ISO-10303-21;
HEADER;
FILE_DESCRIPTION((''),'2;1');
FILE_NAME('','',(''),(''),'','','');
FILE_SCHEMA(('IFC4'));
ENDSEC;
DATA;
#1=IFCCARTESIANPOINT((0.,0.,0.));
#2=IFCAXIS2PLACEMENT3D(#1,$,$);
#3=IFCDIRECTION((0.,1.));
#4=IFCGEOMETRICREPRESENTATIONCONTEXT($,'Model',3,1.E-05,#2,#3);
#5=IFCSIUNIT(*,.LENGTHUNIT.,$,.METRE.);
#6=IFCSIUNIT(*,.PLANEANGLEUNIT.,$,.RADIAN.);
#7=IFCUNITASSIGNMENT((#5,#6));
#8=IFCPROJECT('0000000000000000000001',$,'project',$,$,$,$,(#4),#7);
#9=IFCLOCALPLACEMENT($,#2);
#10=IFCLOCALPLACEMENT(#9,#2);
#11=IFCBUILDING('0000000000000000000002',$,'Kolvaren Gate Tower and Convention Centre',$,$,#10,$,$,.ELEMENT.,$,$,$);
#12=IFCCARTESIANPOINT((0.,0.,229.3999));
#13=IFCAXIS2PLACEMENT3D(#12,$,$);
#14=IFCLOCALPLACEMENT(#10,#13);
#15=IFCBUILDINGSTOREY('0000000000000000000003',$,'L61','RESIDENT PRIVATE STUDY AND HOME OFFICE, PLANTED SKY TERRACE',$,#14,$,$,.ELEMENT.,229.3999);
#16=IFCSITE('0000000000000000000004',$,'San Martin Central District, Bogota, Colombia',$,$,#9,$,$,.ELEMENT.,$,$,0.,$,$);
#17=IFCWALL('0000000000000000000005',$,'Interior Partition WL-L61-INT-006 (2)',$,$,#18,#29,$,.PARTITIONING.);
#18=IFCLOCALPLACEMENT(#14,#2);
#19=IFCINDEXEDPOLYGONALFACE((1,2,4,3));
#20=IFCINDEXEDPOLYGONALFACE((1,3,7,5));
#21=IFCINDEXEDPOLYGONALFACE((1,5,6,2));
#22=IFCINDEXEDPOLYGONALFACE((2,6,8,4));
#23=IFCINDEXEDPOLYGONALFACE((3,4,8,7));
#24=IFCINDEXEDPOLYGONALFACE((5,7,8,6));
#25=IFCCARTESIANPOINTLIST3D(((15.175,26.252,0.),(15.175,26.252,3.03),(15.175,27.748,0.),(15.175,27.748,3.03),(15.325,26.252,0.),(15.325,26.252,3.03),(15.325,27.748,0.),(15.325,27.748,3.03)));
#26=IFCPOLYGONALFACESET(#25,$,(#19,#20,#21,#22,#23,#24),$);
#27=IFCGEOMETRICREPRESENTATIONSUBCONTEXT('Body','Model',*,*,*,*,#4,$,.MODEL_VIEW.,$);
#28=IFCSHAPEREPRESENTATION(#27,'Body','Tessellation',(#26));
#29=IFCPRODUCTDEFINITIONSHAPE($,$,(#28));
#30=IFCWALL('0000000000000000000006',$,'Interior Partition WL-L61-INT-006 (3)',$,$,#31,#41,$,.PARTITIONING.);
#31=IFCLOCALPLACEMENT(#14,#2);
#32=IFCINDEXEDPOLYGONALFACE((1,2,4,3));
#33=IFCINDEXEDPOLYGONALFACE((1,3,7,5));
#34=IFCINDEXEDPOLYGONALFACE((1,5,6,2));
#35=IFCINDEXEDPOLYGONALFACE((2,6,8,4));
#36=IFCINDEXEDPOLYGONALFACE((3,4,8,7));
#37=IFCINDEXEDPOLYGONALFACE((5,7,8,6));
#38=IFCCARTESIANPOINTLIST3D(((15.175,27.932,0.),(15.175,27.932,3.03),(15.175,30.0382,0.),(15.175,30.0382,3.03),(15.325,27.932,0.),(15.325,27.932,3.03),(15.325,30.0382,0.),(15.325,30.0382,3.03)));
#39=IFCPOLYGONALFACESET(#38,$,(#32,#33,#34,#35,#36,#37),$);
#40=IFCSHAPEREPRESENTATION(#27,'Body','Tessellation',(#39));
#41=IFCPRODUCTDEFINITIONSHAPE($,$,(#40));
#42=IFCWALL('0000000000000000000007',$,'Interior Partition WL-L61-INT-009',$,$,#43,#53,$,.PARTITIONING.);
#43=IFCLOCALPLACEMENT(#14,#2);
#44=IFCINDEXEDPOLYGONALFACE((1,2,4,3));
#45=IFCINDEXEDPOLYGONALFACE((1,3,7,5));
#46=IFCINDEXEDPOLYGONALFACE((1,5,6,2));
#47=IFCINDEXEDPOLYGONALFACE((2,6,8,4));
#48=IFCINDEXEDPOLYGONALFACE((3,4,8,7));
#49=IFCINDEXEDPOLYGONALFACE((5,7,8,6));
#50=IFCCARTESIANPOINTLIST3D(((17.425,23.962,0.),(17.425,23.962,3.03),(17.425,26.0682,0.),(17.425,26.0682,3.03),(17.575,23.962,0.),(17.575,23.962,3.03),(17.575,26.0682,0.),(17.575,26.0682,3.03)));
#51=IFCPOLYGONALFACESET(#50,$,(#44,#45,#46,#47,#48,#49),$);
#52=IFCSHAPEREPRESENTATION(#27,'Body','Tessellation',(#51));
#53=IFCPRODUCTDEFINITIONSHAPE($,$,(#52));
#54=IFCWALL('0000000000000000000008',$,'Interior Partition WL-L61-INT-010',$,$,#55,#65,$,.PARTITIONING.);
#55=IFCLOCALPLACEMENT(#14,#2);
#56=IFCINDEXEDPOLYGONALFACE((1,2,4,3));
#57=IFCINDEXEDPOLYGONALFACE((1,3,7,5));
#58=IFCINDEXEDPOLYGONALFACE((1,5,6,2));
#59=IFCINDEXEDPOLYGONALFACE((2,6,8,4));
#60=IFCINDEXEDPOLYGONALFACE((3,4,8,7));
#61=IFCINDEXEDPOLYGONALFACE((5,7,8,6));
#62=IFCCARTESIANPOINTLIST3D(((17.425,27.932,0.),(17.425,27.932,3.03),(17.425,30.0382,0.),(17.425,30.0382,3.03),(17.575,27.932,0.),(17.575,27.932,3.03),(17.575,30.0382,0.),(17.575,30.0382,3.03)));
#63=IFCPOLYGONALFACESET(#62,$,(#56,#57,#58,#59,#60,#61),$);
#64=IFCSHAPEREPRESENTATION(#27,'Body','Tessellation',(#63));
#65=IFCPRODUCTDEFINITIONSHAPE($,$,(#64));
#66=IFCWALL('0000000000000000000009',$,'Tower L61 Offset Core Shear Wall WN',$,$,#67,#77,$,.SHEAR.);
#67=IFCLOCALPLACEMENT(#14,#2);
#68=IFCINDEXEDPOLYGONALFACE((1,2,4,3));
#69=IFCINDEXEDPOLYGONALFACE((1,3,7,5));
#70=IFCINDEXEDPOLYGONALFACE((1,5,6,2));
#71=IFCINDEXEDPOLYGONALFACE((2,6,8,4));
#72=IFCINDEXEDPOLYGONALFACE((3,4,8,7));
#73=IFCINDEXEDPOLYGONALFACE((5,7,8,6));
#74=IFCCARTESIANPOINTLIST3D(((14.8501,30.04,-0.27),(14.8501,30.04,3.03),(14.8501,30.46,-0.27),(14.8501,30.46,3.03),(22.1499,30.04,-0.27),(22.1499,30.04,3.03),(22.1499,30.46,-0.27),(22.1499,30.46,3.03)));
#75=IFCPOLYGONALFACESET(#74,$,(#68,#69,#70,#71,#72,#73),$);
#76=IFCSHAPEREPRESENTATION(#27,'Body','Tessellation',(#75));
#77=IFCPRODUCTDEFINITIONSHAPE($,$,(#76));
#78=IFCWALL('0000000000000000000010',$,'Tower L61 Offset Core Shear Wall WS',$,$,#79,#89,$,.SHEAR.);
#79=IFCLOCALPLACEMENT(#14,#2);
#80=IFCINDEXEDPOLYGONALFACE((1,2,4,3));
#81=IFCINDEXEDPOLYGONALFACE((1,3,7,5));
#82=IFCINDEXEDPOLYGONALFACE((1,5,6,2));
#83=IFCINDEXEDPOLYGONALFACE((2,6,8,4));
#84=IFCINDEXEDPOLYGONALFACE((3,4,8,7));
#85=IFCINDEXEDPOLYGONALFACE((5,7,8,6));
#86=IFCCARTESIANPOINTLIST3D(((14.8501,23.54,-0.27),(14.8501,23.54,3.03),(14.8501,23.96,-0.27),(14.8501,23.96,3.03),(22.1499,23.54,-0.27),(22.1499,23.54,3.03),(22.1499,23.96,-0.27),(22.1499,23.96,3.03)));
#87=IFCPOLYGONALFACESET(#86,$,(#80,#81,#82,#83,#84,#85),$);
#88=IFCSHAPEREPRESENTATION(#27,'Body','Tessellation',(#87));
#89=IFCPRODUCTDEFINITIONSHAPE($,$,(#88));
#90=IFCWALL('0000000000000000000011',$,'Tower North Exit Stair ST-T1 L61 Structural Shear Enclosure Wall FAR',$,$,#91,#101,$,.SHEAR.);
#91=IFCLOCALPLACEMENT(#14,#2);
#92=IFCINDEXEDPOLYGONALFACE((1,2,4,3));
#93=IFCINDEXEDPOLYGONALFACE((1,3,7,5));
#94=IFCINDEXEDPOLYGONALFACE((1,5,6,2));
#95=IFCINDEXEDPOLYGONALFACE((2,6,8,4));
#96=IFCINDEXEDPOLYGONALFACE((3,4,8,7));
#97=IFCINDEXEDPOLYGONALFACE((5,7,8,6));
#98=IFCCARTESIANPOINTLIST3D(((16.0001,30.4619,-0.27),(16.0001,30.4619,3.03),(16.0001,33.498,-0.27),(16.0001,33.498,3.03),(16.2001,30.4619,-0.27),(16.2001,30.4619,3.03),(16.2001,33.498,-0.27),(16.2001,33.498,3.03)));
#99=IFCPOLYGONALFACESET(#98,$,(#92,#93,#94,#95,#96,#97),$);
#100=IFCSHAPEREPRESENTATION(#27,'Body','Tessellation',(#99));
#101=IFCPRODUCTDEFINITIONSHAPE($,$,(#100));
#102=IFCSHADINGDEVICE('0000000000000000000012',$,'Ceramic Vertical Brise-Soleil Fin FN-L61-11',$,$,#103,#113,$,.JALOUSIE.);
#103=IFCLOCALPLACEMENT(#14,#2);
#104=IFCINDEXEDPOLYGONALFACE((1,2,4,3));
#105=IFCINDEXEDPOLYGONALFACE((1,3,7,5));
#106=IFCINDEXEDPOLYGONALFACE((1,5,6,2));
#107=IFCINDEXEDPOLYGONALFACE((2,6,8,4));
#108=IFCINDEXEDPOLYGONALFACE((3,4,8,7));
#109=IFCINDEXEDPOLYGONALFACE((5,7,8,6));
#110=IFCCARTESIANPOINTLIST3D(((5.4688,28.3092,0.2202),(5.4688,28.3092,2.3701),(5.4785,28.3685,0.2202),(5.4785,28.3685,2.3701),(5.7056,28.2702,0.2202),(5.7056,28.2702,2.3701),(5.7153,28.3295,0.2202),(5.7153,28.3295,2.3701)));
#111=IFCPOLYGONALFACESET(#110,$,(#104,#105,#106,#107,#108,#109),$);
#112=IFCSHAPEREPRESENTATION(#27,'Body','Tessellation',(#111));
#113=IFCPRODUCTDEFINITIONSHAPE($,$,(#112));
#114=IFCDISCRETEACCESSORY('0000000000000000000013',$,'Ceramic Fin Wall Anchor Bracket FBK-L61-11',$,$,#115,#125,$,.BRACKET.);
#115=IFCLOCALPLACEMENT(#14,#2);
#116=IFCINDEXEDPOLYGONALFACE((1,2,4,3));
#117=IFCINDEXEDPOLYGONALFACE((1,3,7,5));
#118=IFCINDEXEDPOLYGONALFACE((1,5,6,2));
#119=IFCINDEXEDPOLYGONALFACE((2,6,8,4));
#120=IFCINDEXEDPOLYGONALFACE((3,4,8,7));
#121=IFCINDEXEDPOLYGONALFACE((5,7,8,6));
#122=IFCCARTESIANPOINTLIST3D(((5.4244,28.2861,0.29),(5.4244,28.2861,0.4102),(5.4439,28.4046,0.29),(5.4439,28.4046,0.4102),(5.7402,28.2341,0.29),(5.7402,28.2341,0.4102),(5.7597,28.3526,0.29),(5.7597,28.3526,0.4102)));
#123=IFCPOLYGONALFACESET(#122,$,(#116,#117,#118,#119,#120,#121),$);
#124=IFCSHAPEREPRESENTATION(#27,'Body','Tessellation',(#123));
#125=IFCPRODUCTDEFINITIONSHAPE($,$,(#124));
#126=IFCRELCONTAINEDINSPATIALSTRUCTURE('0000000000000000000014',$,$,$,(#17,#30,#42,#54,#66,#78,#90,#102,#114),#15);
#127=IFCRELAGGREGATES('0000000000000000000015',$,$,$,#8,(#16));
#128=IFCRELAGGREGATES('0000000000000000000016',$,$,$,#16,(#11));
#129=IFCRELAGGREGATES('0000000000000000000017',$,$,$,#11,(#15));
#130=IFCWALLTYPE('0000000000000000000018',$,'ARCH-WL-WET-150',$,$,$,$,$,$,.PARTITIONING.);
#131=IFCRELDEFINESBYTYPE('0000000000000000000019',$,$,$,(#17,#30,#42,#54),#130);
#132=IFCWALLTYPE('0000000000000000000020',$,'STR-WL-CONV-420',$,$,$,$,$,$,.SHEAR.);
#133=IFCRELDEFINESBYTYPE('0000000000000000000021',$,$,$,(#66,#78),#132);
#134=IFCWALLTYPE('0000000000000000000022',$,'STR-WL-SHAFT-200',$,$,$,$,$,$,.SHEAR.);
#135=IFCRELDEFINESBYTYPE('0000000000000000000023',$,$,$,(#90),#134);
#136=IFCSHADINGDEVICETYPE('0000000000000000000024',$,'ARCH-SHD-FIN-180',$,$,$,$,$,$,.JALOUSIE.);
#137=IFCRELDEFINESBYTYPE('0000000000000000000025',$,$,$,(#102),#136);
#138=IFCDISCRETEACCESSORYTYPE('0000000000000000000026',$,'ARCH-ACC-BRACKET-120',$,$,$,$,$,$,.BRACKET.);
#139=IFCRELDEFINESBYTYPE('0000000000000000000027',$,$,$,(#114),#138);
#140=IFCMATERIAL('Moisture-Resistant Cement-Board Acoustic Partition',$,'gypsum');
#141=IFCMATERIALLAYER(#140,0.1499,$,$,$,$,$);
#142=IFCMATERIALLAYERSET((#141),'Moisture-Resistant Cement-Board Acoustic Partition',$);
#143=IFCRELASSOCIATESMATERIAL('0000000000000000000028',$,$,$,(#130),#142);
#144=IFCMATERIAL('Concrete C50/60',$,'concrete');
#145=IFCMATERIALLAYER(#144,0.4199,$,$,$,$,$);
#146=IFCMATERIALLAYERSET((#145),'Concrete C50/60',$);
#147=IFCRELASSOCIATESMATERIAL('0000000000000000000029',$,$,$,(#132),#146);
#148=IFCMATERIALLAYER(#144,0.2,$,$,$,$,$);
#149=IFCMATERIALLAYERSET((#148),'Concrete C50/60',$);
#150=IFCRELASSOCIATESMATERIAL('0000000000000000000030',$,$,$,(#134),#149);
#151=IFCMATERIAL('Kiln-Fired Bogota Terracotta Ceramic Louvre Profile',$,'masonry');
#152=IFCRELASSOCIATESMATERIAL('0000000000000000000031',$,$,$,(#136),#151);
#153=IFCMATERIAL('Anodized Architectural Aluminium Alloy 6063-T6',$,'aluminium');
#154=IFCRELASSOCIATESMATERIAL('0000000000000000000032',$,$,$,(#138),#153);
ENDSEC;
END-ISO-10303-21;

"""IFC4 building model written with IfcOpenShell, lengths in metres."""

from ifc_helpers import new_model, si_unit, direction, frame, frame_2d, origin, origin_2d, place, context, subcontext, project, spatial, rectangle, extrude, material, layer, layer_set, type_object, element, save


model = new_model("IFC4")

# Units and contexts
model_context = context("Model", 3, precision=1e-05, world=origin(), true_north=direction((0.0, 1.0)))
body_context = subcontext(model_context, "Body", "Model", "MODEL_VIEW")
ifc_project = project(units=[si_unit("LENGTHUNIT", "METRE"), si_unit("PLANEANGLEUNIT", "RADIAN")], contexts=[model_context])

# Site, building, storey
site_placement = place(None, origin())
site = spatial("IfcSite", under=ifc_project, at=site_placement, Name="San Martin Central District, Bogota, Colombia", CompositionType="ELEMENT", RefElevation=0.0)
building_placement = place(site_placement, origin())
building = spatial("IfcBuilding", under=site, at=building_placement, Name="Kolvaren Gate Tower and Convention Centre", CompositionType="ELEMENT")
storey_placement = place(building_placement, frame((0.0, 0.0, 229.3999)))
storey = spatial("IfcBuildingStorey", under=building, at=storey_placement, Name="L61", Description="RESIDENT PRIVATE STUDY AND HOME OFFICE, PLANTED SKY TERRACE", CompositionType="ELEMENT", Elevation=229.3999)

# Walls
ifc_material_1 = material(Name="Moisture-Resistant Cement-Board Acoustic Partition", Category="gypsum")
ifc_layer_1 = layer(ifc_material_1, 0.1499)
ifc_layer_set_1 = layer_set([ifc_layer_1], Name="Moisture-Resistant Cement-Board Acoustic Partition")
wall_type_1 = type_object("IfcWallType", Name="ARCH-WL-WET-150", PredefinedType="PARTITIONING", material=ifc_layer_set_1)
wall_1_placement = place(storey_placement, frame((15.25, 26.252, 0.0), z_axis=(0.0, 0.0, 1.0), x_axis=(0.0, 1.0, 0.0)))
element("IfcWall", 1, at=wall_1_placement, inside=storey, type_object=wall_type_1, Name="Interior Partition WL-L61-INT-006 (2)", PredefinedType="PARTITIONING", context=body_context, shape_type="SweptSolid", body=[
    extrude(rectangle(XDim=1.4961, YDim=0.1499, at=frame_2d((0.748, 0.0))), origin(), (0.0, 0.0, 1.0), 3.03),
])
for number, where, z_axis, x_axis, name in (
    (2, (15.25, 27.9319, 0.0), (0.0, 0.0, 1.0), (0.0, 1.0, 0.0), "Interior Partition WL-L61-INT-006 (3)"),
    (3, (17.5, 23.9619, 0.0), (0.0, 0.0, 1.0), (0.0, 1.0, 0.0), "Interior Partition WL-L61-INT-009"),
    (4, (17.5, 27.9319, 0.0), (0.0, 0.0, 1.0), (0.0, 1.0, 0.0), "Interior Partition WL-L61-INT-010"),
):
    element("IfcWall", number, at=place(storey_placement, frame(where, z_axis=z_axis, x_axis=x_axis)), inside=storey, type_object=wall_type_1, Name=name, PredefinedType="PARTITIONING", context=body_context, shape_type="SweptSolid", body=[
        extrude(rectangle(XDim=2.1062, YDim=0.1499, at=frame_2d((1.0532, 0.0))), origin(), (0.0, 0.0, 1.0), 3.03),
    ])
ifc_material_2 = material(Name="Concrete C50/60", Category="concrete")
ifc_layer_2 = layer(ifc_material_2, 0.4199)
ifc_layer_set_2 = layer_set([ifc_layer_2], Name="Concrete C50/60")
wall_type_2 = type_object("IfcWallType", Name="STR-WL-CONV-420", PredefinedType="SHEAR", material=ifc_layer_set_2)
for number, where, z_axis, x_axis, name in (
    (5, (14.8501, 30.25, -0.27), (0.0, 0.0, 1.0), (1.0, 0.0, 0.0), "Tower L61 Offset Core Shear Wall WN"),
    (6, (14.8501, 23.75, -0.27), (0.0, 0.0, 1.0), (1.0, 0.0, 0.0), "Tower L61 Offset Core Shear Wall WS"),
):
    element("IfcWall", number, at=place(storey_placement, frame(where, z_axis=z_axis, x_axis=x_axis)), inside=storey, type_object=wall_type_2, Name=name, PredefinedType="SHEAR", context=body_context, shape_type="SweptSolid", body=[
        extrude(rectangle(XDim=7.2998, YDim=0.4199, at=frame_2d((3.6499, 0.0))), origin(), (0.0, 0.0, 1.0), 3.3),
    ])
ifc_layer_3 = layer(ifc_material_2, 0.2)
ifc_layer_set_3 = layer_set([ifc_layer_3], Name="Concrete C50/60")
wall_type_3 = type_object("IfcWallType", Name="STR-WL-SHAFT-200", PredefinedType="SHEAR", material=ifc_layer_set_3)
wall_2_placement = place(storey_placement, frame((16.1001, 30.4619, -0.27), z_axis=(0.0, 0.0, 1.0), x_axis=(0.0, 1.0, 0.0)))
element("IfcWall", 7, at=wall_2_placement, inside=storey, type_object=wall_type_3, Name="Tower North Exit Stair ST-T1 L61 Structural Shear Enclosure Wall FAR", PredefinedType="SHEAR", context=body_context, shape_type="SweptSolid", body=[
    extrude(rectangle(XDim=3.0361, YDim=0.2, at=frame_2d((1.5181, 0.0))), origin(), (0.0, 0.0, 1.0), 3.3),
])

# Shading device
ifc_material_3 = material(Name="Kiln-Fired Bogota Terracotta Ceramic Louvre Profile", Category="masonry")
shading_device_type = type_object("IfcShadingDeviceType", Name="ARCH-SHD-FIN-180", PredefinedType="JALOUSIE", material=ifc_material_3)
shading_device_placement = place(storey_placement, frame((5.592, 28.3193, 0.2202), z_axis=(0.0, 0.0, 1.0), x_axis=(0.162375, 0.986729, 0.0)))
element("IfcShadingDevice", 8, at=shading_device_placement, inside=storey, type_object=shading_device_type, Name="Ceramic Vertical Brise-Soleil Fin FN-L61-11", PredefinedType="JALOUSIE", context=body_context, shape_type="SweptSolid", body=[
    extrude(rectangle(XDim=0.0601, YDim=0.24, at=origin_2d()), origin(), (0.0, 0.0, 1.0), 2.1499),
])

# Discrete accessory
ifc_material_4 = material(Name="Anodized Architectural Aluminium Alloy 6063-T6", Category="aluminium")
discrete_accessory_type = type_object("IfcDiscreteAccessoryType", Name="ARCH-ACC-BRACKET-120", PredefinedType="BRACKET", material=ifc_material_4)
discrete_accessory_placement = place(storey_placement, frame((5.592, 28.3193, 0.29), z_axis=(0.0, 0.0, 1.0), x_axis=(0.162375, 0.986729, 0.0)))
element("IfcDiscreteAccessory", 9, at=discrete_accessory_placement, inside=storey, type_object=discrete_accessory_type, Name="Ceramic Fin Wall Anchor Bracket FBK-L61-11", PredefinedType="BRACKET", context=body_context, shape_type="SweptSolid", body=[
    extrude(rectangle(XDim=0.1201, YDim=0.3201, at=origin_2d()), origin(), (0.0, 0.0, 1.0), 0.1201),
])

save(model, "model.ifc")
